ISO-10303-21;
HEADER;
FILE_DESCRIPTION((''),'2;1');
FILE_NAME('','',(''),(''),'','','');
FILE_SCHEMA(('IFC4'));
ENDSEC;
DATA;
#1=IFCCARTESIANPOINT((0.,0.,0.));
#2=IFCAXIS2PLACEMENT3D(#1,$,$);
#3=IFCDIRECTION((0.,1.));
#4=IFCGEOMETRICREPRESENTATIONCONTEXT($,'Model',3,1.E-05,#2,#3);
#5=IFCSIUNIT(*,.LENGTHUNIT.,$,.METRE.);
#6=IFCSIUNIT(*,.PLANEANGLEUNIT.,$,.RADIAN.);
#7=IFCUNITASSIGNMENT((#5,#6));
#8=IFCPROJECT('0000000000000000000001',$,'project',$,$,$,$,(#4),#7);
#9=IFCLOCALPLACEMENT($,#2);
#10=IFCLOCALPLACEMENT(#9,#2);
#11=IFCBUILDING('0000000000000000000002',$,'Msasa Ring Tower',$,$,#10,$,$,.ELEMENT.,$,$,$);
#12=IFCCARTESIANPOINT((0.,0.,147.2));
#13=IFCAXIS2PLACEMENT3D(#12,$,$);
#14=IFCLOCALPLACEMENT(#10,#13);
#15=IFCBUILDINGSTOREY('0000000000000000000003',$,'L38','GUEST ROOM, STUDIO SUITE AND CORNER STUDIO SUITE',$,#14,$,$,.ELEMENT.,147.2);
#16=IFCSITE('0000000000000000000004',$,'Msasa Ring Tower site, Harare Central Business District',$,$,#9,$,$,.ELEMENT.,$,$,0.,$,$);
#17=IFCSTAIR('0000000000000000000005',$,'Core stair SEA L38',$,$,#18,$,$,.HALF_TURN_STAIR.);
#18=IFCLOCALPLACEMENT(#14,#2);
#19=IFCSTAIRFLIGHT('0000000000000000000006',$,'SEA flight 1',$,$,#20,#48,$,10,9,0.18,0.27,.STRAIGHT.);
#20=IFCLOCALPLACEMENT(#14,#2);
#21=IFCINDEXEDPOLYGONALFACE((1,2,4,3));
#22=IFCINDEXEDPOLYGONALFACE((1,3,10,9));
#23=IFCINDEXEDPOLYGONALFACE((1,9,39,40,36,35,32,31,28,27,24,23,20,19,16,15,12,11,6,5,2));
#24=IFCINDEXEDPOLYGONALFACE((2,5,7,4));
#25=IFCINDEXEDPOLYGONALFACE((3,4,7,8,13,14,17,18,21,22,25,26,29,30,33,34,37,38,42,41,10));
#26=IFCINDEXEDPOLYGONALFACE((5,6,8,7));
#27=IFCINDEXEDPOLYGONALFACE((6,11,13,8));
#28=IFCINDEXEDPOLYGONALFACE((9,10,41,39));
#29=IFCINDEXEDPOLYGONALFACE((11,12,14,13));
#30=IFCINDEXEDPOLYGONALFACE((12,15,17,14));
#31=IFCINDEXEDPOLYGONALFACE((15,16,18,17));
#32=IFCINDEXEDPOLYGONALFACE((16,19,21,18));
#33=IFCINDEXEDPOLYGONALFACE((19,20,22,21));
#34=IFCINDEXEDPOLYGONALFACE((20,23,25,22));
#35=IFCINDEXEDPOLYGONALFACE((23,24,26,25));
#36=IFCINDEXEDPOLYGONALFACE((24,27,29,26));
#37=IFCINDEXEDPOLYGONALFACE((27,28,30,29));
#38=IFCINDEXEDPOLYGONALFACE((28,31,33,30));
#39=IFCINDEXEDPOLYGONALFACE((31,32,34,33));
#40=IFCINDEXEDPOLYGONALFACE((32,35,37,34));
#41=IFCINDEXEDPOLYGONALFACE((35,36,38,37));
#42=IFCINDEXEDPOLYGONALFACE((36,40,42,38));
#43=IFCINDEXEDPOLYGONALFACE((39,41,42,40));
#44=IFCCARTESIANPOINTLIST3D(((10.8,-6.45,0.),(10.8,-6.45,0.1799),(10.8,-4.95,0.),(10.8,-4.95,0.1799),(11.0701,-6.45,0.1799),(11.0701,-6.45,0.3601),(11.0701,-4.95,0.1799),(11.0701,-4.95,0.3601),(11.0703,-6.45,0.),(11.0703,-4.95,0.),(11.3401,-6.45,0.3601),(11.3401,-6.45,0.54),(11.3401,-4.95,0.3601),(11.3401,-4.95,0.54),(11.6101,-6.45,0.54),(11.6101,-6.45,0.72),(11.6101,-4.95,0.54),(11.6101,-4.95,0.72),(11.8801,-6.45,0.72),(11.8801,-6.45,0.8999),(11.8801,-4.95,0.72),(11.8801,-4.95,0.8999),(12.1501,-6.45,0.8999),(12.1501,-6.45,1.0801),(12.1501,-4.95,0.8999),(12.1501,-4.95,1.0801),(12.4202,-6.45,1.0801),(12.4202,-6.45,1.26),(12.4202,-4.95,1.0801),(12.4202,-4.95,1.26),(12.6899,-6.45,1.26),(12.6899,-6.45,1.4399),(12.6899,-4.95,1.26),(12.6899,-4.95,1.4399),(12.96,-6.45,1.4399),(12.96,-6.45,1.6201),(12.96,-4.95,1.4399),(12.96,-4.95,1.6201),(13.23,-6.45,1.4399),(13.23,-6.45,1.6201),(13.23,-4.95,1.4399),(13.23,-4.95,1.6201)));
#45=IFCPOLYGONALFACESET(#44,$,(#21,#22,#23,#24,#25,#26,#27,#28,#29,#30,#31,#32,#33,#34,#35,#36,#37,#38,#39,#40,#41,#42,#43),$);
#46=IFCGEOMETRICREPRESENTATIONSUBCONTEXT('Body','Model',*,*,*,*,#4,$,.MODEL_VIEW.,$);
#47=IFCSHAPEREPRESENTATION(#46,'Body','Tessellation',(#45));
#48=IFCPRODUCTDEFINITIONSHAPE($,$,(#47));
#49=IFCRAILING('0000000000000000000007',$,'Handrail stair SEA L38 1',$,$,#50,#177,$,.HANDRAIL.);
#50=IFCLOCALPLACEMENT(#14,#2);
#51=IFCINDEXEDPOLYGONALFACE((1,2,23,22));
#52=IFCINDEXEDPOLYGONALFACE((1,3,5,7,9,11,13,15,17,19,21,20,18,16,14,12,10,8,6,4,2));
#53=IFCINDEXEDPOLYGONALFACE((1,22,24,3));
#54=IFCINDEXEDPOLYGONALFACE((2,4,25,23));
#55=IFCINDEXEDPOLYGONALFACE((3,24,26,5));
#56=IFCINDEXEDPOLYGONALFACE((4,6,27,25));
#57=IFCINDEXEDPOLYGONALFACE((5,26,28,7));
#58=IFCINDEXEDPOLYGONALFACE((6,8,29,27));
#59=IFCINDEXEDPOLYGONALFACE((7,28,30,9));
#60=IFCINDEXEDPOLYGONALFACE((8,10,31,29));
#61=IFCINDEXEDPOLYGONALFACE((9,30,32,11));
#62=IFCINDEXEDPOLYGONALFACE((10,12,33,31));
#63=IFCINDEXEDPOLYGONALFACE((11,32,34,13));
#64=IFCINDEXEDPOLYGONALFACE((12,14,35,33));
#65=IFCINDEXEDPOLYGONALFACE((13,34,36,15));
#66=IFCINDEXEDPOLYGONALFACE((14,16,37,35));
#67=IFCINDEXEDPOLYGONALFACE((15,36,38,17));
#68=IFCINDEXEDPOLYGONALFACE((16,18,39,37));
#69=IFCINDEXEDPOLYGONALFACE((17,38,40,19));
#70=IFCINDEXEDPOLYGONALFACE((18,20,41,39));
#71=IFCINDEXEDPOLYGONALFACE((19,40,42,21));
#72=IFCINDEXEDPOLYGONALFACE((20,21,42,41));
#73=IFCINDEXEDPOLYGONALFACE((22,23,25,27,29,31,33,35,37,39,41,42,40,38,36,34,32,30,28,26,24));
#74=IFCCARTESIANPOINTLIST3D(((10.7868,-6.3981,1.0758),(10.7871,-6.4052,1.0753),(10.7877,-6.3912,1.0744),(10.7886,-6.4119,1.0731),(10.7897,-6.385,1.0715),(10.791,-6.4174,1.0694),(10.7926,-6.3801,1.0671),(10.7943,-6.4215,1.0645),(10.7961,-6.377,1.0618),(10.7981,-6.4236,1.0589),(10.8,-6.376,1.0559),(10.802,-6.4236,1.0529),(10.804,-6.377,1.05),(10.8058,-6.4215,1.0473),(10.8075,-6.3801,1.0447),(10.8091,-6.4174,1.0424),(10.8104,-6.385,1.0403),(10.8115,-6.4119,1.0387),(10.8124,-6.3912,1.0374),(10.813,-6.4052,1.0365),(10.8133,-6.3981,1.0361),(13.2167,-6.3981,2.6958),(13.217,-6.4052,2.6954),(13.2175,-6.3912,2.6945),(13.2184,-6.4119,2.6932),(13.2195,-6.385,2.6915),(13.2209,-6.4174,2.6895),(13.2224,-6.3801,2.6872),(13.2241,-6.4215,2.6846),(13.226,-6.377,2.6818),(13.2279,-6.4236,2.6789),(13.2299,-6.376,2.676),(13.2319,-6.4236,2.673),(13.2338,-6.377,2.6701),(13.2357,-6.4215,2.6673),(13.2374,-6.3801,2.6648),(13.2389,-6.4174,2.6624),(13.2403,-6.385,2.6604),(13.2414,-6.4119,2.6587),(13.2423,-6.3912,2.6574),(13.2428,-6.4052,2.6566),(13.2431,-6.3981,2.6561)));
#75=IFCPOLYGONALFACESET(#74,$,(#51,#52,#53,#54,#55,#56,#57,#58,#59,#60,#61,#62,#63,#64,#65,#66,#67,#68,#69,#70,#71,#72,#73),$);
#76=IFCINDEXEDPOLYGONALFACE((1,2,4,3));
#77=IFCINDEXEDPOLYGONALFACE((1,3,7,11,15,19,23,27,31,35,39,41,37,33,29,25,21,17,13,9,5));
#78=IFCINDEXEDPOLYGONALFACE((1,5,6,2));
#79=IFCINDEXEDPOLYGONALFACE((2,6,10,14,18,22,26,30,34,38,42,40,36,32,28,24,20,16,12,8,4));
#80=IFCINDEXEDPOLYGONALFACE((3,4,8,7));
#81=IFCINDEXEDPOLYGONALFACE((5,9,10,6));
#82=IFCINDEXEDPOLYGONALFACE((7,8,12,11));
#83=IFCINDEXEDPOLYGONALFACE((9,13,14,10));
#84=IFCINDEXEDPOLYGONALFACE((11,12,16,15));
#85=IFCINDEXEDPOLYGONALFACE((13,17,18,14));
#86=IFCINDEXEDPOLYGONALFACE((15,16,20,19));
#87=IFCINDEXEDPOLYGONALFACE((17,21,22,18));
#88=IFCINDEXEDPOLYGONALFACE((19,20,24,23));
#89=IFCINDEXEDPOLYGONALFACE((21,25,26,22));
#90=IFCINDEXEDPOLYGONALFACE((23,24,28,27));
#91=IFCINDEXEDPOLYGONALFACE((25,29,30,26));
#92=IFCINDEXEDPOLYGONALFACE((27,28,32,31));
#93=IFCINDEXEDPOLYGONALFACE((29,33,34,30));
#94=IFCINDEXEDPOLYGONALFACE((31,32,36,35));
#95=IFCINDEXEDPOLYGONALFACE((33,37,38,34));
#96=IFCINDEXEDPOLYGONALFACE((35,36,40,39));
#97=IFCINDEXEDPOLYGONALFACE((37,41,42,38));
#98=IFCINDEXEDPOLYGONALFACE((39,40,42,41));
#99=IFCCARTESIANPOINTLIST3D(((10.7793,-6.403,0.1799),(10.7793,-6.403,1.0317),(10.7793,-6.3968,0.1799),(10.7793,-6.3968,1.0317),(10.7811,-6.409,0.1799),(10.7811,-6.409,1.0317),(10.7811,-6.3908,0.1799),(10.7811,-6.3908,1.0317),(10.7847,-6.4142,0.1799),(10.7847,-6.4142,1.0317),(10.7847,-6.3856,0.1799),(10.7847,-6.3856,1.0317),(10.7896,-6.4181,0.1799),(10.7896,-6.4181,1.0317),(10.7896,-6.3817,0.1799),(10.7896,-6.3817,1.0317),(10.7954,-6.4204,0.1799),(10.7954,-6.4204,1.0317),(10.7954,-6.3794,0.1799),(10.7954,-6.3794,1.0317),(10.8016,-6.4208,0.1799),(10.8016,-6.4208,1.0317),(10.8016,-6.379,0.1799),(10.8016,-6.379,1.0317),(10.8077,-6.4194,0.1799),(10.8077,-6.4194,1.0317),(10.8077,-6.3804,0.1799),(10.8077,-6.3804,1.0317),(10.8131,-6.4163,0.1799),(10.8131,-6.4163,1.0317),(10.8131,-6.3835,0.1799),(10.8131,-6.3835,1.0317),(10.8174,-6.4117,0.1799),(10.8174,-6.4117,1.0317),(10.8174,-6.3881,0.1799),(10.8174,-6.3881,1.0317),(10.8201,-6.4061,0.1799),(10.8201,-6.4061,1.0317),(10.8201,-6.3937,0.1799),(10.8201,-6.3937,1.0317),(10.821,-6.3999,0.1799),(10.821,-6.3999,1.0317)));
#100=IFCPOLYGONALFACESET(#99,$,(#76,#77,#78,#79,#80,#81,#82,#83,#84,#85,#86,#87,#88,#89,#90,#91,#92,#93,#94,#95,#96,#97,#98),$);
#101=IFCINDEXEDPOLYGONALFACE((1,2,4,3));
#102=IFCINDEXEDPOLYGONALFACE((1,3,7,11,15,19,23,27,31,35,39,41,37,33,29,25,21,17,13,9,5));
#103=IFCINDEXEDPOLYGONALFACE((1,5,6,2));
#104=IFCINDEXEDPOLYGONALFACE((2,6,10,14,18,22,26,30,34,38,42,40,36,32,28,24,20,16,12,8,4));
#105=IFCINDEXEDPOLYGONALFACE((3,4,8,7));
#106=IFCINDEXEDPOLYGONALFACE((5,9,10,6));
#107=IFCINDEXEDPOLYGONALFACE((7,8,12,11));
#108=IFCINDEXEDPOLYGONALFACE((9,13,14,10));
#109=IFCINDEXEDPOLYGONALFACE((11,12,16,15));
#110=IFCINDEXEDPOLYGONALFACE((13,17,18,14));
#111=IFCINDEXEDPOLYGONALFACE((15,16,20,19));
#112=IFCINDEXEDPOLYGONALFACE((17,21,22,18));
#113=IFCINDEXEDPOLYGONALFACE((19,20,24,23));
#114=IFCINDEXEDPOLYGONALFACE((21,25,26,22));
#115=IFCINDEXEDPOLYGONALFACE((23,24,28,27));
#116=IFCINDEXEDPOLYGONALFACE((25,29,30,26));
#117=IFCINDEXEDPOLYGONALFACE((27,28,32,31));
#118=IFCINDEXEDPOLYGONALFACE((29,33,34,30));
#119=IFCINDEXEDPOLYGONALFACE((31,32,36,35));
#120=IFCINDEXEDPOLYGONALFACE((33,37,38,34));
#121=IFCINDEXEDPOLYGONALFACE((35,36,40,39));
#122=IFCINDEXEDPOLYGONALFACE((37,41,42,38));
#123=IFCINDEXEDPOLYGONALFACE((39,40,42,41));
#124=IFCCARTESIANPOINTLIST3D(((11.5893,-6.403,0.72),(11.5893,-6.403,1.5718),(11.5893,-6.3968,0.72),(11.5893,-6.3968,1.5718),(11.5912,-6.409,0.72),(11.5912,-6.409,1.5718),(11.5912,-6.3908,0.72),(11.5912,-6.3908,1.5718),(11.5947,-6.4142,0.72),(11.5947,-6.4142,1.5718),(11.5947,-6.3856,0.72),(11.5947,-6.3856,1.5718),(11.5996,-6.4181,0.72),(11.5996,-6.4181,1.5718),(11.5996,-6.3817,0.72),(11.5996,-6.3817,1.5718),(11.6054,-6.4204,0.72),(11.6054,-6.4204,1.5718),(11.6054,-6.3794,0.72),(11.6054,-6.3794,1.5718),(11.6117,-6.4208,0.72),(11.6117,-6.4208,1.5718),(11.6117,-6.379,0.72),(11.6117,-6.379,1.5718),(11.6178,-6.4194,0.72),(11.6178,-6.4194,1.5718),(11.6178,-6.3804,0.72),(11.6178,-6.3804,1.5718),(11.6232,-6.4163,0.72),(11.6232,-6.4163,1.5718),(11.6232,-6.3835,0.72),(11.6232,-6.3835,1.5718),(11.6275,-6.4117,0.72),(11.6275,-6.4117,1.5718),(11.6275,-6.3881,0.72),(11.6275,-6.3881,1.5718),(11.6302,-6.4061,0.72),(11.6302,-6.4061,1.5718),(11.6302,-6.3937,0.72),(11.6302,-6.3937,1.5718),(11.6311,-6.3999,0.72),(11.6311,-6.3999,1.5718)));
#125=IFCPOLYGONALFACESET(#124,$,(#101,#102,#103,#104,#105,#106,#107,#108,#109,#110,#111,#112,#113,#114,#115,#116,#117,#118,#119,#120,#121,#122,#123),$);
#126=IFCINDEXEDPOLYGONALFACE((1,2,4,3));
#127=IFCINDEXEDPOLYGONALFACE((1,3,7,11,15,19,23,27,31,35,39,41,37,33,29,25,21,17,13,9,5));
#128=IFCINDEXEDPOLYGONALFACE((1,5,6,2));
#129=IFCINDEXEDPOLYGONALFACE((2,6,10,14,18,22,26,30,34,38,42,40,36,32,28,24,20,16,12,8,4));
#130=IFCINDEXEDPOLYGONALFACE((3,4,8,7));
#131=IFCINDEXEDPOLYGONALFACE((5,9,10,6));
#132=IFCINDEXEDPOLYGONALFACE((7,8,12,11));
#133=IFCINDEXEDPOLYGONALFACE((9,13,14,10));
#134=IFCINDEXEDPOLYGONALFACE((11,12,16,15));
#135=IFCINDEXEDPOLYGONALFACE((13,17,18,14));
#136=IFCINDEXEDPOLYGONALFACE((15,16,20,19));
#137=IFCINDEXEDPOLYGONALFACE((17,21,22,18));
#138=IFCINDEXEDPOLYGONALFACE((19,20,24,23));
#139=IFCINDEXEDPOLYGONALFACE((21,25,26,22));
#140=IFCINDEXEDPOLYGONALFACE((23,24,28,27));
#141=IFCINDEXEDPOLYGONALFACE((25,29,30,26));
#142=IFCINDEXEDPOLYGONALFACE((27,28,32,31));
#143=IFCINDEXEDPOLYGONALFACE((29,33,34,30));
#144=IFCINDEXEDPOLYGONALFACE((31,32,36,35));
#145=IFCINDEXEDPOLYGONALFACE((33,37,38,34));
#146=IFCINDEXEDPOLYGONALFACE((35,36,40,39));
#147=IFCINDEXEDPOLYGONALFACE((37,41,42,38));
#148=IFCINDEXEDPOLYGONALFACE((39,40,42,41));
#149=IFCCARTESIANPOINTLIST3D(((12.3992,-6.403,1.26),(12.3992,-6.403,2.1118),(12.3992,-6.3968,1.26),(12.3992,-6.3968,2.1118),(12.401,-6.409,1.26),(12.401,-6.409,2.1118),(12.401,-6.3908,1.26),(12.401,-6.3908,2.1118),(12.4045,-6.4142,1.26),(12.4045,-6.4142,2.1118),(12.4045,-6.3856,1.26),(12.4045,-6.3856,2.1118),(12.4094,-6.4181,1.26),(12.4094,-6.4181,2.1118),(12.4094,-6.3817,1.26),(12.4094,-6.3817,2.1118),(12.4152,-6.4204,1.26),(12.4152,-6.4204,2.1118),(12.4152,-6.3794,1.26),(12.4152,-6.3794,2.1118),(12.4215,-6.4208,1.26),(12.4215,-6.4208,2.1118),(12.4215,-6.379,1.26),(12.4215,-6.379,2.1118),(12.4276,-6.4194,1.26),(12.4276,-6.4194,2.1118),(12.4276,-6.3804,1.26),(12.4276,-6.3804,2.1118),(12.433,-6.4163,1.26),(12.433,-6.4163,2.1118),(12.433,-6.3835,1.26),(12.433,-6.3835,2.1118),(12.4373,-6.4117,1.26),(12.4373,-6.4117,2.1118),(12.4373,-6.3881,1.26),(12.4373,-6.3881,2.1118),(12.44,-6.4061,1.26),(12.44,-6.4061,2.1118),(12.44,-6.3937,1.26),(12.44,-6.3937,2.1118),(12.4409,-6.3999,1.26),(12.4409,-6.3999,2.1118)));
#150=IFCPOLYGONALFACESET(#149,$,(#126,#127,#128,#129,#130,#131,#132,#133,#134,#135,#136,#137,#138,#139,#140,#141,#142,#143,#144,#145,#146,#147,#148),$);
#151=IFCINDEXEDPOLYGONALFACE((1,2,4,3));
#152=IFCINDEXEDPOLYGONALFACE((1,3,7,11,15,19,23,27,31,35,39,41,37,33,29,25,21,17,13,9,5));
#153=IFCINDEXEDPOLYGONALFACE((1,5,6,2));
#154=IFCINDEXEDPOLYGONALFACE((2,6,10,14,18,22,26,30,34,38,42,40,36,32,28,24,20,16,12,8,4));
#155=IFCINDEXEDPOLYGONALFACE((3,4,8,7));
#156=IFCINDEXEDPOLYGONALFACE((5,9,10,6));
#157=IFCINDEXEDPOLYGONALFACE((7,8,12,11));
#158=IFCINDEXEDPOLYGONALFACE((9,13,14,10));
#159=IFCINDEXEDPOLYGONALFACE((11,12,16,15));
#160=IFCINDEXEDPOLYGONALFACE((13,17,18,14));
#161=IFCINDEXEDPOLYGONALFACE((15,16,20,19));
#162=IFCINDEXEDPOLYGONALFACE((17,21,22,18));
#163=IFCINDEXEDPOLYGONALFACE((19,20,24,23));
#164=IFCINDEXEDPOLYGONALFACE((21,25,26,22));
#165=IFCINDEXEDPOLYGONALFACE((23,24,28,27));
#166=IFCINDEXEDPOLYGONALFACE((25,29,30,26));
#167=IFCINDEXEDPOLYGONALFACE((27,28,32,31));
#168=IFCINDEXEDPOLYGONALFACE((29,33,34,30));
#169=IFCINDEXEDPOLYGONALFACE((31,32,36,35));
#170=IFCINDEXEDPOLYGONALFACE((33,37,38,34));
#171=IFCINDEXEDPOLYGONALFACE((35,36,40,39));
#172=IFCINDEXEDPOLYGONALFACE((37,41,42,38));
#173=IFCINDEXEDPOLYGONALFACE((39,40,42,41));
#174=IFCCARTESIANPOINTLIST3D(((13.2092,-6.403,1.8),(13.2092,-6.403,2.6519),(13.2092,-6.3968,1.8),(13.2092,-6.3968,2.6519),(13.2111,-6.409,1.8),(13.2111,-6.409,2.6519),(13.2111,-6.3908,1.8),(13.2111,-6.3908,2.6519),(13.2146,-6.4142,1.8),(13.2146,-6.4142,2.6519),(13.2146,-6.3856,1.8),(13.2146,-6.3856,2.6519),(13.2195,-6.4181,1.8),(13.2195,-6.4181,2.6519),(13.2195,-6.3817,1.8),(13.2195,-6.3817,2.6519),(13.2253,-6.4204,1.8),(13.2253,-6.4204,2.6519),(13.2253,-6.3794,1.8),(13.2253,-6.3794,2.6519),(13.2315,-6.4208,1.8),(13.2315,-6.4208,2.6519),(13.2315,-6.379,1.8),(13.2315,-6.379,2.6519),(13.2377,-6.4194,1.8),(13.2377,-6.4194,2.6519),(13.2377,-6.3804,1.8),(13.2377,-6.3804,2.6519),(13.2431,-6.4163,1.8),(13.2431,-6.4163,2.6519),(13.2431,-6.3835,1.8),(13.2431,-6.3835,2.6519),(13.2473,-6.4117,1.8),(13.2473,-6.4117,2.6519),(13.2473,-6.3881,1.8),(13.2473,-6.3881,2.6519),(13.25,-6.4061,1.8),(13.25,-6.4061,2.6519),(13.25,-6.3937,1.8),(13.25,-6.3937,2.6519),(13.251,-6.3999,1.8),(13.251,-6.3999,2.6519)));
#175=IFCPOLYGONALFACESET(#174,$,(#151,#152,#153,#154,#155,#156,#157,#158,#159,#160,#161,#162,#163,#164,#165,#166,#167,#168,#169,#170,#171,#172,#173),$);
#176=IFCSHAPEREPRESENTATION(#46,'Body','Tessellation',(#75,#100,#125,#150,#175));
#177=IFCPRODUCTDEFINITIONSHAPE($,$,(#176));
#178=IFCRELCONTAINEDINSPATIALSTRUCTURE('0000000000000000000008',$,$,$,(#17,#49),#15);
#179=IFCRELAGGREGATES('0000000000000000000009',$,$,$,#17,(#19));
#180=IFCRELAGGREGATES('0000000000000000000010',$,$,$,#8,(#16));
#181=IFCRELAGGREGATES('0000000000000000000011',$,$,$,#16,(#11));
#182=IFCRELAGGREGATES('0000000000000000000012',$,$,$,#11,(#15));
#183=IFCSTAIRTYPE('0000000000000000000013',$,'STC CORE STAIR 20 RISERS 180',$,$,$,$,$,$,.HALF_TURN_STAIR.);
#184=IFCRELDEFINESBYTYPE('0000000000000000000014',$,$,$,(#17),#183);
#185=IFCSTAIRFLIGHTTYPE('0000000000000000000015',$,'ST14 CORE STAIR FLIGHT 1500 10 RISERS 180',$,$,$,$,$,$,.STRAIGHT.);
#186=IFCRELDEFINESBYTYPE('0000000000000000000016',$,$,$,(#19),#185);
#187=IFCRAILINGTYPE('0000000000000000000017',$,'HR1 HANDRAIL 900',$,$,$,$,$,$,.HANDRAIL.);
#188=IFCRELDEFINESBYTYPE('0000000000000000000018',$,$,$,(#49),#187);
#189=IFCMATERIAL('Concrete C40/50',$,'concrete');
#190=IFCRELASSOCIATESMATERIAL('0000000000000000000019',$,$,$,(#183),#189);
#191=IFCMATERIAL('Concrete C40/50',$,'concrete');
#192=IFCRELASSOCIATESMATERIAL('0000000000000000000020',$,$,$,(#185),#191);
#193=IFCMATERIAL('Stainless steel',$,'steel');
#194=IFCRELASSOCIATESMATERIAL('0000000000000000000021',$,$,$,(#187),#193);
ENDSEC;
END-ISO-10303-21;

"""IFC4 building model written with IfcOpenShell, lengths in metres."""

from ifc_helpers import new_model, si_unit, direction, frame, origin, origin_2d, place, context, subcontext, project, spatial, polyline, circle, outline, extrude, material, type_object, element, aggregate, save


model = new_model("IFC4")

# Units and contexts
model_context = context("Model", 3, precision=1e-05, world=origin(), true_north=direction((0.0, 1.0)))
body_context = subcontext(model_context, "Body", "Model", "MODEL_VIEW")
ifc_project = project(units=[si_unit("LENGTHUNIT", "METRE"), si_unit("PLANEANGLEUNIT", "RADIAN")], contexts=[model_context])

# Site, building, storey
site_placement = place(None, origin())
site = spatial("IfcSite", under=ifc_project, at=site_placement, Name="Msasa Ring Tower site, Harare Central Business District", CompositionType="ELEMENT", RefElevation=0.0)
building_placement = place(site_placement, origin())
building = spatial("IfcBuilding", under=site, at=building_placement, Name="Msasa Ring Tower", CompositionType="ELEMENT")
storey_placement = place(building_placement, frame((0.0, 0.0, 147.2)))
storey = spatial("IfcBuildingStorey", under=building, at=storey_placement, Name="L38", Description="GUEST ROOM, STUDIO SUITE AND CORNER STUDIO SUITE", CompositionType="ELEMENT", Elevation=147.2)

# Stair
ifc_material_1 = material(Name="Concrete C40/50", Category="concrete")
stair_type = type_object("IfcStairType", Name="STC CORE STAIR 20 RISERS 180", PredefinedType="HALF_TURN_STAIR", material=ifc_material_1)
stair_1_placement = place(storey_placement, origin())
stair_1 = element("IfcStair", 1, at=stair_1_placement, inside=storey, type_object=stair_type, Name="Core stair SEA L38", PredefinedType="HALF_TURN_STAIR")

# Stair flight
ifc_material_2 = material(Name="Concrete C40/50", Category="concrete")
stair_flight_type = type_object("IfcStairFlightType", Name="ST14 CORE STAIR FLIGHT 1500 10 RISERS 180", PredefinedType="STRAIGHT", material=ifc_material_2)
stair_flight_placement = place(storey_placement, frame((10.8, -5.7, 0.0), z_axis=(0.0, 0.0, 1.0), x_axis=(1.0, 0.0, 0.0)))
stair_flight = element("IfcStairFlight", 2, at=stair_flight_placement, type_object=stair_flight_type, Name="SEA flight 1", NumberOfRisers=10, NumberOfTreads=9, PredefinedType="STRAIGHT", RiserHeight=0.18, TreadLength=0.27, context=body_context, shape_type="SweptSolid", body=[
    extrude(outline(polyline([(0.0, 0.0), (0.0, 0.1799), (0.27, 0.1799), (0.27, 0.3601), (0.54, 0.3601), (0.54, 0.54), (0.8101, 0.54), (0.8101, 0.72), (1.0801, 0.72), (1.0801, 0.8999), (1.3501, 0.8999), (1.3501, 1.0801), (1.6201, 1.0801), (1.6201, 1.26), (1.8899, 1.26), (1.8899, 1.4399), (2.1599, 1.4399), (2.1599, 1.6201), (2.4299, 1.6201), (2.4299, 1.8), (2.4299, 1.4399), (0.2703, 0.0), (0.0, 0.0)])), frame((0.0, 0.75, 0.0), z_axis=(0.0, -1.0, 0.0), x_axis=(1.0, 0.0, 0.0)), (0.0, 0.0, 1.0), 1.5),
])
aggregate(stair_1, [stair_flight])

# Railing
ifc_material_3 = material(Name="Stainless steel", Category="steel")
railing_type = type_object("IfcRailingType", Name="HR1 HANDRAIL 900", PredefinedType="HANDRAIL", material=ifc_material_3)
for number, where, name in (
    (3, (10.8, -6.3999, 0.1799), "Handrail stair SEA L38 1"),
):
    element("IfcRailing", number, at=place(storey_placement, frame(where)), inside=storey, type_object=railing_type, Name=name, PredefinedType="HANDRAIL", context=body_context, shape_type="SweptSolid", body=[
        extrude(circle(Radius=0.0239, at=origin_2d()), frame((0.0, 0.0, 0.876), z_axis=(0.832025, 0.0, 0.554739), x_axis=(0.0, 1.0, 0.0)), (0.0, 0.0, 1.0), 2.9204),
        extrude(circle(Radius=0.021, at=origin_2d()), origin(), (0.0, 0.0, 1.0), 0.8518),
        extrude(circle(Radius=0.021, at=origin_2d()), frame((0.8101, 0.0, 0.54)), (0.0, 0.0, 1.0), 0.8518),
        extrude(circle(Radius=0.021, at=origin_2d()), frame((1.6199, 0.0, 1.0801)), (0.0, 0.0, 1.0), 0.8518),
        extrude(circle(Radius=0.021, at=origin_2d()), frame((2.4299, 0.0, 1.6201)), (0.0, 0.0, 1.0), 0.8518),
    ])

save(model, "model.ifc")
